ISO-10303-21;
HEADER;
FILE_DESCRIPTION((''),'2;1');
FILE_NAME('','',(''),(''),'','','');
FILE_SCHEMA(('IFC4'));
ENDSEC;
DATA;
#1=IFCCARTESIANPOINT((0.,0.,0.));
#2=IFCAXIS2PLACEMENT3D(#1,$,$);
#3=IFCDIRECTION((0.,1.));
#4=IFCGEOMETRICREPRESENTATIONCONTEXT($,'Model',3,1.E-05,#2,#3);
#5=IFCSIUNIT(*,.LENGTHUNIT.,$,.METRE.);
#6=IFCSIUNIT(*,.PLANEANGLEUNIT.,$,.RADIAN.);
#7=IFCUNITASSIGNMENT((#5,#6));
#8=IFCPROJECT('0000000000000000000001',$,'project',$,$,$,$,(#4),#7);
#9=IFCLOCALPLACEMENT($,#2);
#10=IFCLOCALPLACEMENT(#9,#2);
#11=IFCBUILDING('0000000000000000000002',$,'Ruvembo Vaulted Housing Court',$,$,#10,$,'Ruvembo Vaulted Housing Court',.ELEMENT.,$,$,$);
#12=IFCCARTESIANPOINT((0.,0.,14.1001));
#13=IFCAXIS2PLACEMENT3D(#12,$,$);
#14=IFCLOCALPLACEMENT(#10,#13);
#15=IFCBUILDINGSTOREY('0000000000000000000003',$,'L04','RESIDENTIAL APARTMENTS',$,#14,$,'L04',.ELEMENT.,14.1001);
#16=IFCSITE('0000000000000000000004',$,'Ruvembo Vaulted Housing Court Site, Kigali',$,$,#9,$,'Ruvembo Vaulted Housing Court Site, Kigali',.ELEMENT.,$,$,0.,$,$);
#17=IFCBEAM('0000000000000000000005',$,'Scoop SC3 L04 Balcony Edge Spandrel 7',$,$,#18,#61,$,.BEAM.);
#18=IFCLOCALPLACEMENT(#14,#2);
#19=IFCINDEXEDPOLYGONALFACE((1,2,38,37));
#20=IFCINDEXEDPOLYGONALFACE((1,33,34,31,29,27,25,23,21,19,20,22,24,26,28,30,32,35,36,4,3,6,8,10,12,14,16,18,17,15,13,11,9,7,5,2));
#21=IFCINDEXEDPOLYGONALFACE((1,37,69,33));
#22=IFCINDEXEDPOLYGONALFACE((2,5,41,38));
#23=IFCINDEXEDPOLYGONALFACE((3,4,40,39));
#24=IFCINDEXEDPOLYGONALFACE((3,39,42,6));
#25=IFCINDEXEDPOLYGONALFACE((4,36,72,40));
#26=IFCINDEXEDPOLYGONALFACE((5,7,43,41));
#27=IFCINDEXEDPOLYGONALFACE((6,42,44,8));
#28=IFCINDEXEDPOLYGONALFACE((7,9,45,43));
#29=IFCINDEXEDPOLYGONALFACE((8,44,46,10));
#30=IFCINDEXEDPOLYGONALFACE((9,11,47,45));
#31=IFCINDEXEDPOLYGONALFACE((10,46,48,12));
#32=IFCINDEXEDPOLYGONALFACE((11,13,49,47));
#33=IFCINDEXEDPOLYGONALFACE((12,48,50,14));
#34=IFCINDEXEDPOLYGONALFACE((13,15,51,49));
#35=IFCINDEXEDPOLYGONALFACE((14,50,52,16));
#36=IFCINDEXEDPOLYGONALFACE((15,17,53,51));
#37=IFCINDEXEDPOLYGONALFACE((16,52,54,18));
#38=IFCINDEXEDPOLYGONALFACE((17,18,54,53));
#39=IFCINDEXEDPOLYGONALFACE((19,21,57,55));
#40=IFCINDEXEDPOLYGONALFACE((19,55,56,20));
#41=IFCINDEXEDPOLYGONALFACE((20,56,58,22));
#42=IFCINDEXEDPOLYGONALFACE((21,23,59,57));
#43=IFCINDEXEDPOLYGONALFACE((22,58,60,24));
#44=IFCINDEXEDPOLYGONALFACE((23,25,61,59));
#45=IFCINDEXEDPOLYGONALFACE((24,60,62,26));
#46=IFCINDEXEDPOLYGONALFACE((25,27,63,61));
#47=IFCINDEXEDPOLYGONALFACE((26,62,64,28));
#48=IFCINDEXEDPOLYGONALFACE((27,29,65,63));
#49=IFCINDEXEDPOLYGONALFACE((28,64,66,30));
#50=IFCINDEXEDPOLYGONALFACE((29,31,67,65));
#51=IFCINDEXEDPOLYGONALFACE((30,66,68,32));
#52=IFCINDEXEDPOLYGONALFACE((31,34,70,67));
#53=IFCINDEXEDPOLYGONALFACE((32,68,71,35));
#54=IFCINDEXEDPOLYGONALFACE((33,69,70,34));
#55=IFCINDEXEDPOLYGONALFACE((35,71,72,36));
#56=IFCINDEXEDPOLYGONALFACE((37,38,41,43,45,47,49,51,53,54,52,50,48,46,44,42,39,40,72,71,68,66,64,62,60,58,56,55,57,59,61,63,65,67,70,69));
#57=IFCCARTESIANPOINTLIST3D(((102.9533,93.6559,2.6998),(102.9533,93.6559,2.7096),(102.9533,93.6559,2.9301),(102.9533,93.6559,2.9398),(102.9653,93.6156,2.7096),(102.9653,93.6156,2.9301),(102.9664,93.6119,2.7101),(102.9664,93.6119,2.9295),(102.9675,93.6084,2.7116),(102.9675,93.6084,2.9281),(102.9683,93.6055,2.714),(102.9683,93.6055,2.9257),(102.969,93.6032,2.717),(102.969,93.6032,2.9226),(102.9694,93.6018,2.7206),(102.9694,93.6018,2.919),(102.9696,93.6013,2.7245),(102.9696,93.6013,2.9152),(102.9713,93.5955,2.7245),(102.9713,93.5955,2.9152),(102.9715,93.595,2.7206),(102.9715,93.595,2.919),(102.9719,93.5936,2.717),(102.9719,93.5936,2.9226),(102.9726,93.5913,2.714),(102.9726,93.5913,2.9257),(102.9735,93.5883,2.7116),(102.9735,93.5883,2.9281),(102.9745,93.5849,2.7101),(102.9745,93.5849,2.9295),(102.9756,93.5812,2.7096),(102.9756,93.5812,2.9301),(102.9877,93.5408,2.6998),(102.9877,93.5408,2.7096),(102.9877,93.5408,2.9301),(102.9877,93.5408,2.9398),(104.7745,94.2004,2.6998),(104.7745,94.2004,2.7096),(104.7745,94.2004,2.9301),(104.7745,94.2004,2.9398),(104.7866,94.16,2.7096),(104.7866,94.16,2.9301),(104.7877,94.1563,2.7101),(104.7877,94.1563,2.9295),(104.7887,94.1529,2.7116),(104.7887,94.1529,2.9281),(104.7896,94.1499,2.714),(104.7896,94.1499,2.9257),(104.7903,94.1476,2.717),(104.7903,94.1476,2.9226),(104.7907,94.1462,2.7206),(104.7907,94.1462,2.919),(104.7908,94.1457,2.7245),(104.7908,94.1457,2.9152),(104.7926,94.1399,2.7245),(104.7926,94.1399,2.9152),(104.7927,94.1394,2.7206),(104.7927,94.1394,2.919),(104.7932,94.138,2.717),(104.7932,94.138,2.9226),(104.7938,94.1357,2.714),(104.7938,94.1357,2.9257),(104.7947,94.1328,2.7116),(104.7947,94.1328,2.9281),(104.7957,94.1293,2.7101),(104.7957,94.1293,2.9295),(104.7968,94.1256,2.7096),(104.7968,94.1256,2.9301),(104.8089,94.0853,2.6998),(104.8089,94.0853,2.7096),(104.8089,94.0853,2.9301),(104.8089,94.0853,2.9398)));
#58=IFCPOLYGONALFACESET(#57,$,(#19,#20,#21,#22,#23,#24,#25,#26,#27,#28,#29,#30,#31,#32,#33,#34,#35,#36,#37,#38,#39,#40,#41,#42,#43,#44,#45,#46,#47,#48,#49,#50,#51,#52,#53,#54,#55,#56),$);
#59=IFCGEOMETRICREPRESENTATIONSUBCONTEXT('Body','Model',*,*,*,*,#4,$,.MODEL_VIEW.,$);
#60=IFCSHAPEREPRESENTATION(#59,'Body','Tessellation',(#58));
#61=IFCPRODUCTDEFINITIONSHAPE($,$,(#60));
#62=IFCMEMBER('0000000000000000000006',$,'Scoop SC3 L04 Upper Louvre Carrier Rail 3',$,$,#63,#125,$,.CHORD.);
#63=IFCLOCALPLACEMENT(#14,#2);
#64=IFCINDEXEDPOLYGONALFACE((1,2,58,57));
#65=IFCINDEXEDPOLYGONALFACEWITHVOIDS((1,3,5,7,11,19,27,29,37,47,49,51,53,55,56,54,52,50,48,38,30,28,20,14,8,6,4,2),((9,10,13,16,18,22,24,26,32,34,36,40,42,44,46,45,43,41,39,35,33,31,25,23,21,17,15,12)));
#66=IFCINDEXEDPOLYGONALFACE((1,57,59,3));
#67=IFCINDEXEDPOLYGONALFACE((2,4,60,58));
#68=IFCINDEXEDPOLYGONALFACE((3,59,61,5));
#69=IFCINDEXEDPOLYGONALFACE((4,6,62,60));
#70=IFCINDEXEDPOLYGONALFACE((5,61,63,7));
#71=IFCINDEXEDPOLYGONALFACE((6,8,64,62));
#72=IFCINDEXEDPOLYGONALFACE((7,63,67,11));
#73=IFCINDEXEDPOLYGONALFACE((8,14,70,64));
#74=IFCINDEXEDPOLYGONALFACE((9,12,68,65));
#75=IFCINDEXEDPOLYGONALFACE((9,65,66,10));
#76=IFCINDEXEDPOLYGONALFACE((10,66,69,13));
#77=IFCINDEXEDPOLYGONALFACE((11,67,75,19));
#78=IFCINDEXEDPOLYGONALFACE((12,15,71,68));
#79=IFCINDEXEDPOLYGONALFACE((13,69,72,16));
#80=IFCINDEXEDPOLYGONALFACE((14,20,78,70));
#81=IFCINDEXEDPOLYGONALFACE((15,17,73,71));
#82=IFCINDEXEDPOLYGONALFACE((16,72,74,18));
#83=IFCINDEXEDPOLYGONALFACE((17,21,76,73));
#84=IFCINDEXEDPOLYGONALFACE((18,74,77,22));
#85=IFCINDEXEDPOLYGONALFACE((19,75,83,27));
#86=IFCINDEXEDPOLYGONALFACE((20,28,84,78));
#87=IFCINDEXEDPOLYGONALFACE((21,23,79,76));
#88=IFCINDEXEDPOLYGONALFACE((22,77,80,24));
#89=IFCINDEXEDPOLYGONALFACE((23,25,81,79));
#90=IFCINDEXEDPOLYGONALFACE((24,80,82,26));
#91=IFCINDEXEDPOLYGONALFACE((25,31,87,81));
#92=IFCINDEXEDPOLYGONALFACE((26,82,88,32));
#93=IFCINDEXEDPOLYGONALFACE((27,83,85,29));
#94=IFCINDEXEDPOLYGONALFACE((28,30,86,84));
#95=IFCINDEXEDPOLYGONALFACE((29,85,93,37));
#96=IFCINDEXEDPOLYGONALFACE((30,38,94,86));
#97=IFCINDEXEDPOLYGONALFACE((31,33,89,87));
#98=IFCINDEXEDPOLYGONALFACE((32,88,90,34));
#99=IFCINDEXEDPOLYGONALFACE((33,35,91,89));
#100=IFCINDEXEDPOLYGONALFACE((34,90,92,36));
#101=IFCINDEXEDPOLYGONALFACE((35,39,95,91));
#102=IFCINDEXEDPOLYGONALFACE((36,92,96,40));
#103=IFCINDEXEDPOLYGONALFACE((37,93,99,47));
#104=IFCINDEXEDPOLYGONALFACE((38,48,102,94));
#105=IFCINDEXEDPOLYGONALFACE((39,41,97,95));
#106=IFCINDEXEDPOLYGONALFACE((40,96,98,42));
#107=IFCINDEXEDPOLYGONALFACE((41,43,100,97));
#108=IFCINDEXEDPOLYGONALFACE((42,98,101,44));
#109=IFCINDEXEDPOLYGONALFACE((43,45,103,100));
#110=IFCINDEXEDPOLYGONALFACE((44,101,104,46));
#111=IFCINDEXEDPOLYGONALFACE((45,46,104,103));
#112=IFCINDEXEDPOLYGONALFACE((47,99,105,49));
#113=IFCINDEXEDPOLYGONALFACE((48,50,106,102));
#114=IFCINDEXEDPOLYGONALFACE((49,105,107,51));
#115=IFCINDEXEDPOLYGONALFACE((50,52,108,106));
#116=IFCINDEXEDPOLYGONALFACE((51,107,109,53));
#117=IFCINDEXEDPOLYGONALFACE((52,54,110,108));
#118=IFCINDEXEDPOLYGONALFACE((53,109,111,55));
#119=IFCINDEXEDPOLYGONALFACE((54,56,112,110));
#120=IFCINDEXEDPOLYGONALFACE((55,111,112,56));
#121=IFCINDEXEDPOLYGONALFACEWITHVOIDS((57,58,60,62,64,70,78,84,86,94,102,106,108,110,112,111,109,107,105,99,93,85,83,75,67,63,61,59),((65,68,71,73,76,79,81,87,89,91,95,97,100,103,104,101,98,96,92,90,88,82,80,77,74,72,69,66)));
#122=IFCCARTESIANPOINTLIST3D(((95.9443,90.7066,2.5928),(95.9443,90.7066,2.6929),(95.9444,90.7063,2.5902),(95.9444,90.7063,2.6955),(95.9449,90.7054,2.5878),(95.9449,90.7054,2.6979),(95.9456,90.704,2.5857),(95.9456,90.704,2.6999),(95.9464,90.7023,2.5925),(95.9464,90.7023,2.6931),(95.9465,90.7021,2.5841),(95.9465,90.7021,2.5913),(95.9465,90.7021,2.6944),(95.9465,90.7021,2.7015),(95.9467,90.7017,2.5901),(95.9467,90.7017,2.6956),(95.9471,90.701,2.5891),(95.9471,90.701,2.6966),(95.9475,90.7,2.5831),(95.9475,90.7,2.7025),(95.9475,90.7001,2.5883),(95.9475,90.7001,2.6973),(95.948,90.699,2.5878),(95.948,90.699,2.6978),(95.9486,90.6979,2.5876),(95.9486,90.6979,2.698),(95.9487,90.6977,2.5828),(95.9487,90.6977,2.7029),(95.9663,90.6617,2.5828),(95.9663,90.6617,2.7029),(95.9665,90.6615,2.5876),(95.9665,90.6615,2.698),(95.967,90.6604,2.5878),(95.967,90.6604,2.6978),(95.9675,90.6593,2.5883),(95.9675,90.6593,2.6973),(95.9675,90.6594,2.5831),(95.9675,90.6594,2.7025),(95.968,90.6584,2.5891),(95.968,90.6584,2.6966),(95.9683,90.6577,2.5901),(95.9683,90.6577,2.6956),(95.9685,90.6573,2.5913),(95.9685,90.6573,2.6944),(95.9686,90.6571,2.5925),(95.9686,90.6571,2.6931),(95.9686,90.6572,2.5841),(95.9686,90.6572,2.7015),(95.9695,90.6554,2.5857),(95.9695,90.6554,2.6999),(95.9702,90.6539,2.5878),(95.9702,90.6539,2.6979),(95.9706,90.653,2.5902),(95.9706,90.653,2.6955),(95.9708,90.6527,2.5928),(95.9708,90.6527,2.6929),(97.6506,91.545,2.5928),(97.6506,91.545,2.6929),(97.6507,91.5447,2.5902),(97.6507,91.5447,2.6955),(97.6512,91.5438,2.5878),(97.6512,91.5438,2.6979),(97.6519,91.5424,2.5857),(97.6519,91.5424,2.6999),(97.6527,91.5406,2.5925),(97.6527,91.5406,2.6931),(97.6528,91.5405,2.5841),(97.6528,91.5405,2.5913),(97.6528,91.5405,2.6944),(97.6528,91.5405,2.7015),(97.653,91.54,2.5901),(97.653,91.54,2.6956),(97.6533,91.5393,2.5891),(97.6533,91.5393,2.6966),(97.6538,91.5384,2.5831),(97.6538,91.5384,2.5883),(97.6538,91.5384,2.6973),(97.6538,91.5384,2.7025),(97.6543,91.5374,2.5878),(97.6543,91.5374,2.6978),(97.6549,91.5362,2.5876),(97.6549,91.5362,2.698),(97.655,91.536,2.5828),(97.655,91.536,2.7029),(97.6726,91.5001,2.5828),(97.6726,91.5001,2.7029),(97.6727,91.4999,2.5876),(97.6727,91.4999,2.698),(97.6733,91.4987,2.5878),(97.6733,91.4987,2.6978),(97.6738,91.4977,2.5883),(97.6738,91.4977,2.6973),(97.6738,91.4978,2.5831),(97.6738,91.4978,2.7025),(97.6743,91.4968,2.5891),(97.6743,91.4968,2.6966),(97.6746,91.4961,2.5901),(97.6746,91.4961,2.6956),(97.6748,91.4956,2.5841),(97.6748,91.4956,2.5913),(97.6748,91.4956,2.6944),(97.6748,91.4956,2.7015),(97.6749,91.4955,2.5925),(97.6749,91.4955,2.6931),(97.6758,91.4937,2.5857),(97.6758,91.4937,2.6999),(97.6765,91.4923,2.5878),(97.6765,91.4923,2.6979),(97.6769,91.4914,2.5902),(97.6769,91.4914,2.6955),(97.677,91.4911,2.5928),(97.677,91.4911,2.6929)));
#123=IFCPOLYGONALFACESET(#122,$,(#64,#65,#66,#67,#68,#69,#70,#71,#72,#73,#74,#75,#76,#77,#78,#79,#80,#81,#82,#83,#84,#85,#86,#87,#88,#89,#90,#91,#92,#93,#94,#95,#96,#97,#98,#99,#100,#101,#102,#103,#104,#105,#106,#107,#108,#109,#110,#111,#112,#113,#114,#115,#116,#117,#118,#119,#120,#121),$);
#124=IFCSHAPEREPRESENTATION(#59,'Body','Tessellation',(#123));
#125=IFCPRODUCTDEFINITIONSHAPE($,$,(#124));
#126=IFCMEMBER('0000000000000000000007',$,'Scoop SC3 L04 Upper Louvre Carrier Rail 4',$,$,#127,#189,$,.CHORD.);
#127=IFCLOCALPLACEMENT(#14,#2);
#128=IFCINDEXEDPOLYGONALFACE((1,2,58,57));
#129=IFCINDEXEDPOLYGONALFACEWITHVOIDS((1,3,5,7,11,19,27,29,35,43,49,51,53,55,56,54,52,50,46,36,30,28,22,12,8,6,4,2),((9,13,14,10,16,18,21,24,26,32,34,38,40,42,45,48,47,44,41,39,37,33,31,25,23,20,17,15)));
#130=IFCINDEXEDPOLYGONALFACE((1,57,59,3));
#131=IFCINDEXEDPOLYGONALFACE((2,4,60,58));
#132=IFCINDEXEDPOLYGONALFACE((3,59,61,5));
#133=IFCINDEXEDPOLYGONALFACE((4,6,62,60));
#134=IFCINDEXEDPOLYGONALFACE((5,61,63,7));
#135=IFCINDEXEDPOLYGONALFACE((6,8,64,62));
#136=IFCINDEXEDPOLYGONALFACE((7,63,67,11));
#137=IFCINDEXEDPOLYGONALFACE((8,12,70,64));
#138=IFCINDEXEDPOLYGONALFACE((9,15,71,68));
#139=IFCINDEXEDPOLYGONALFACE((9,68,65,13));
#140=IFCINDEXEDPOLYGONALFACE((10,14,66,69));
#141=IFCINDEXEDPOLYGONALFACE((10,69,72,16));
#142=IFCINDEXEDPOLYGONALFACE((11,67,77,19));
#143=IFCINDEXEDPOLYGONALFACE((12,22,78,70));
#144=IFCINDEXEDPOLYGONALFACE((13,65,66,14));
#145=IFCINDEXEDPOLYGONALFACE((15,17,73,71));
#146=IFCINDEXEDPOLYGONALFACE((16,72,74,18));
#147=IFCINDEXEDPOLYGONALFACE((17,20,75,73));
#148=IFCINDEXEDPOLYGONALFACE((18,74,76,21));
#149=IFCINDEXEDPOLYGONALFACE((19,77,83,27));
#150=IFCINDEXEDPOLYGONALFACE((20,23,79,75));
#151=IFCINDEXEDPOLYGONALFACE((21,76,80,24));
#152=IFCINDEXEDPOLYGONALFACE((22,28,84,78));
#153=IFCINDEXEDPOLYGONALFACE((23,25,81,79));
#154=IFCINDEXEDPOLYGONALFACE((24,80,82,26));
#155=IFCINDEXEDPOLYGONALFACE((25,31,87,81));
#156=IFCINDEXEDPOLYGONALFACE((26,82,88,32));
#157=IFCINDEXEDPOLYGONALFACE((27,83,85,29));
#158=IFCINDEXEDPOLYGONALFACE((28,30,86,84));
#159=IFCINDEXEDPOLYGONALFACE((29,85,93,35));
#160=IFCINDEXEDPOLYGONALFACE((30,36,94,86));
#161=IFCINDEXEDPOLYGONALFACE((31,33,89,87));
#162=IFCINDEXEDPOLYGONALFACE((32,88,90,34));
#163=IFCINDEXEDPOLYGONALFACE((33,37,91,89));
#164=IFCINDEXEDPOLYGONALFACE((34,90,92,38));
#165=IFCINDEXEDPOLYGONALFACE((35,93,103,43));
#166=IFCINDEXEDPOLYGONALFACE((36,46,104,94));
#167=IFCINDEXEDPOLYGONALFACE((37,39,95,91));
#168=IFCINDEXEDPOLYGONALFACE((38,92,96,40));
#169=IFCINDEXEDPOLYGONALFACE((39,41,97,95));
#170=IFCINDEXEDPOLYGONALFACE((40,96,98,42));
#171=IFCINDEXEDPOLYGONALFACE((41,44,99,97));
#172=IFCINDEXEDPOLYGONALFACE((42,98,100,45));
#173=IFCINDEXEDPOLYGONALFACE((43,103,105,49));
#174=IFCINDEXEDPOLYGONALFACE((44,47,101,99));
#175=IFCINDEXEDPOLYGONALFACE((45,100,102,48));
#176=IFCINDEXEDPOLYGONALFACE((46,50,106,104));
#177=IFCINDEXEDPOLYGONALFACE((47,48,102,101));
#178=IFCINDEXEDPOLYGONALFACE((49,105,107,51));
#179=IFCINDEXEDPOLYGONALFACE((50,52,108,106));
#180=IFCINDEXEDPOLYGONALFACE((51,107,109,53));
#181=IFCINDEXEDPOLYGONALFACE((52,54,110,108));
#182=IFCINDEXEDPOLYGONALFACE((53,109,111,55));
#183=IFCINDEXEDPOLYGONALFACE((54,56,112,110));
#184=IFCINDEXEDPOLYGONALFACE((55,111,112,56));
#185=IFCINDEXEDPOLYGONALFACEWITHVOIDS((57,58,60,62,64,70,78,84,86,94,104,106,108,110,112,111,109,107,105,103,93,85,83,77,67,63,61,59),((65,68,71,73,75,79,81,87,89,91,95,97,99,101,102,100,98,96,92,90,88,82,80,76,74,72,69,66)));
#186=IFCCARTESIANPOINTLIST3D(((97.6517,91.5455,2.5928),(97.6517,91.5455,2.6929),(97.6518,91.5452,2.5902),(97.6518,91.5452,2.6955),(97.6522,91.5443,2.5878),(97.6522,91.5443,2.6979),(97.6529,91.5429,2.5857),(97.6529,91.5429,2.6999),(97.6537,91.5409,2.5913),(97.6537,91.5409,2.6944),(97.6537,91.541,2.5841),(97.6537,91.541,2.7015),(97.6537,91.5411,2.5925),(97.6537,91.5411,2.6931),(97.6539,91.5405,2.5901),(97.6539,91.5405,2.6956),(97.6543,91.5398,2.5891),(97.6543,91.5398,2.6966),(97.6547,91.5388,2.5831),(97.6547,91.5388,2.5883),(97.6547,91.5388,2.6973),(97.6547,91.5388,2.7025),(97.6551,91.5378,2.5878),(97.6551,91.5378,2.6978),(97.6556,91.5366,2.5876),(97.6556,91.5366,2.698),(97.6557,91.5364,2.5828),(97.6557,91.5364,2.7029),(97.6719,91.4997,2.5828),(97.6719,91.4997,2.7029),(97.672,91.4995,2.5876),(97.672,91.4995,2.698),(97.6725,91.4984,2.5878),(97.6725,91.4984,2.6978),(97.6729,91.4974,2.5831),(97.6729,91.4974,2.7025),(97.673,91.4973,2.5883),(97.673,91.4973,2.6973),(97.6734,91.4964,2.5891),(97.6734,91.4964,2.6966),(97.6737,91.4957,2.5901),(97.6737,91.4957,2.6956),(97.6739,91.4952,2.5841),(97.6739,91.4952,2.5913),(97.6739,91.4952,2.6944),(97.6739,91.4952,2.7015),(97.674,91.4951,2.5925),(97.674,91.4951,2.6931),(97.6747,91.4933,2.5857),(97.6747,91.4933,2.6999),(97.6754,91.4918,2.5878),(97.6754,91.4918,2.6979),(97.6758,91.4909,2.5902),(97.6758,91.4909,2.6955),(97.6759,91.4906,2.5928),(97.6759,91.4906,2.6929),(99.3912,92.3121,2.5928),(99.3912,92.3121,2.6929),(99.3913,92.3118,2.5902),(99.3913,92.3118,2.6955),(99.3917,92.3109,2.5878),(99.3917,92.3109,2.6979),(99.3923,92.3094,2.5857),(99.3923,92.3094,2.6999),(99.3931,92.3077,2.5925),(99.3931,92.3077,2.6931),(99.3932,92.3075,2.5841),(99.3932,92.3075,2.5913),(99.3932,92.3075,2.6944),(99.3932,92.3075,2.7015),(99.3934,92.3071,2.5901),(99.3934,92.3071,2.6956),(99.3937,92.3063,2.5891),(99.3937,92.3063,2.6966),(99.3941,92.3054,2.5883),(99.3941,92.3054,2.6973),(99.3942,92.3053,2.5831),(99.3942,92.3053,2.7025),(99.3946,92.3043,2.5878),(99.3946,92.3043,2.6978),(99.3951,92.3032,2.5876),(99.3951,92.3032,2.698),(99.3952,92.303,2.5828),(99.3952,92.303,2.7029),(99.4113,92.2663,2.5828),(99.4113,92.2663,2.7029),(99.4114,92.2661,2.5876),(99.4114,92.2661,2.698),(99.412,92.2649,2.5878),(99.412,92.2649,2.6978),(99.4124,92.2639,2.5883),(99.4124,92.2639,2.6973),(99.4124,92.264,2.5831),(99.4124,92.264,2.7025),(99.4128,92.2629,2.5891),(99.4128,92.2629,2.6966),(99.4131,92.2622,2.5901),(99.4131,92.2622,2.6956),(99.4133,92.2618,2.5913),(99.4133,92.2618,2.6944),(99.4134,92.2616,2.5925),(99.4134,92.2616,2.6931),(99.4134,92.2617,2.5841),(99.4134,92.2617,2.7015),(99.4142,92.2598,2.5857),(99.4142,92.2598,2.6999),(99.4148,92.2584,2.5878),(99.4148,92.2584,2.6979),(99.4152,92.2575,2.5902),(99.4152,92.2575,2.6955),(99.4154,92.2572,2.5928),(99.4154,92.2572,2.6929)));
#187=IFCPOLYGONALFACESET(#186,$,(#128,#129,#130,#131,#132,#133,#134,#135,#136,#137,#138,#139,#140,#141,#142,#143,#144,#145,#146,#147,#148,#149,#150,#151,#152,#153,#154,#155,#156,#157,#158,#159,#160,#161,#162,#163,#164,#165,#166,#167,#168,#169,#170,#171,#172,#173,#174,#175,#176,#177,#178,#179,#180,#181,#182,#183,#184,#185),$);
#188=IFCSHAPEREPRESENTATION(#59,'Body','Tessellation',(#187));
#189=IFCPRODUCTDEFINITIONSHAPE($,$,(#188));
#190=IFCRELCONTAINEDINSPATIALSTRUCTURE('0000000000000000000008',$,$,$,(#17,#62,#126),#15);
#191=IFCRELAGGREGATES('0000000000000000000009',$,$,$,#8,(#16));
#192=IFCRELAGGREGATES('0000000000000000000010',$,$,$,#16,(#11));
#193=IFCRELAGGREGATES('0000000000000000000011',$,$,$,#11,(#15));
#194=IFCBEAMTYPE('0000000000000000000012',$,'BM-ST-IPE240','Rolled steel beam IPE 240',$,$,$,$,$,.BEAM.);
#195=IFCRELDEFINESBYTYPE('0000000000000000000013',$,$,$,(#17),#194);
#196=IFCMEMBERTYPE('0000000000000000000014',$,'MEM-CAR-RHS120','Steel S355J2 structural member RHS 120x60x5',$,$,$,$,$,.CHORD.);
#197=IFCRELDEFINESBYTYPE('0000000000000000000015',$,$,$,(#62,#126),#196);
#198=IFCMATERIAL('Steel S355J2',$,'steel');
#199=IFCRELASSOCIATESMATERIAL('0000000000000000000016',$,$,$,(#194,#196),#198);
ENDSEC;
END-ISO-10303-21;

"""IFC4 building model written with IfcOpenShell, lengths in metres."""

from ifc_helpers import new_model, si_unit, direction, frame, origin, origin_2d, place, context, subcontext, project, spatial, hollow_rectangle, i_section, extrude, material, material_profile, profile_set, type_object, element, save


model = new_model("IFC4")

# Units and contexts
model_context = context("Model", 3, precision=1e-05, world=origin(), true_north=direction((0.0, 1.0)))
body_context = subcontext(model_context, "Body", "Model", "MODEL_VIEW")
ifc_project = project(units=[si_unit("LENGTHUNIT", "METRE"), si_unit("PLANEANGLEUNIT", "RADIAN")], contexts=[model_context])

# Site, building, storey
site_placement = place(None, origin())
site = spatial("IfcSite", under=ifc_project, at=site_placement, Name="Ruvembo Vaulted Housing Court Site, Kigali", LongName="Ruvembo Vaulted Housing Court Site, Kigali", CompositionType="ELEMENT", RefElevation=0.0)
building_placement = place(site_placement, origin())
building = spatial("IfcBuilding", under=site, at=building_placement, Name="Ruvembo Vaulted Housing Court", LongName="Ruvembo Vaulted Housing Court", CompositionType="ELEMENT")
storey_placement = place(building_placement, frame((0.0, 0.0, 14.1001)))
storey = spatial("IfcBuildingStorey", under=building, at=storey_placement, Name="L04", Description="RESIDENTIAL APARTMENTS", LongName="L04", CompositionType="ELEMENT", Elevation=14.1001)

# Beam
ifc_material_1 = material(Name="Steel S355J2", Category="steel")
ifc_material_profile_1 = material_profile(ifc_material_1, i_section(OverallWidth=0.1201, OverallDepth=0.24, WebThickness=0.0061, FlangeThickness=0.0098, FilletRadius=0.0149, at=origin_2d()), Name="IPE 240")
ifc_profile_set_1 = profile_set([ifc_material_profile_1], Name="Steel S355J2")
beam_type = type_object("IfcBeamType", Name="BM-ST-IPE240", Description="Rolled steel beam IPE 240", PredefinedType="BEAM", material=ifc_profile_set_1)
beam_1_placement = place(storey_placement, frame((102.9705, 93.5984, 2.8198), z_axis=(0.958109, 0.286405, 0.0), x_axis=(-0.286405, 0.958109, 0.0)))
element("IfcBeam", 1, at=beam_1_placement, inside=storey, type_object=beam_type, Name="Scoop SC3 L04 Balcony Edge Spandrel 7", PredefinedType="BEAM", context=body_context, shape_type="SweptSolid", body=[
    extrude(i_section(OverallWidth=0.1201, OverallDepth=0.24, WebThickness=0.0061, FlangeThickness=0.0098, FilletRadius=0.0149, at=origin_2d()), origin(), (0.0, 0.0, 1.0), 1.9009),
])

# Members
ifc_material_profile_2 = material_profile(ifc_material_1, hollow_rectangle(XDim=0.0601, YDim=0.1201, WallThickness=0.0049, InnerFilletRadius=0.0049, OuterFilletRadius=0.01, at=origin_2d()), Name="RHS 120x60x5")
ifc_profile_set_2 = profile_set([ifc_material_profile_2], Name="Steel S355J2")
member_type_1 = type_object("IfcMemberType", Name="MEM-CAR-RHS120", Description="Steel S355J2 structural member RHS 120x60x5", PredefinedType="CHORD", material=ifc_profile_set_2)
member_1_placement = place(storey_placement, frame((95.9575, 90.6797, 2.6428), z_axis=(0.897513, 0.440987, 0.0), x_axis=(-0.440987, 0.897513, 0.0)))
element("IfcMember", 2, at=member_1_placement, inside=storey, type_object=member_type_1, Name="Scoop SC3 L04 Upper Louvre Carrier Rail 3", PredefinedType="CHORD", context=body_context, shape_type="SweptSolid", body=[
    extrude(hollow_rectangle(XDim=0.0601, YDim=0.1201, WallThickness=0.0049, InnerFilletRadius=0.0049, OuterFilletRadius=0.01, at=origin_2d()), origin(), (0.0, 0.0, 1.0), 1.9011),
])
for number, where, z_axis, x_axis, name in (
    (3, (97.6638, 91.5181, 2.6428), (0.915078, 0.403277, 0.0), (-0.403277, 0.915078, 0.0), "Scoop SC3 L04 Upper Louvre Carrier Rail 4"),
):
    element("IfcMember", number, at=place(storey_placement, frame(where, z_axis=z_axis, x_axis=x_axis)), inside=storey, type_object=member_type_1, Name=name, PredefinedType="CHORD", context=body_context, shape_type="SweptSolid", body=[
        extrude(hollow_rectangle(XDim=0.0601, YDim=0.1201, WallThickness=0.0049, InnerFilletRadius=0.0049, OuterFilletRadius=0.01, at=origin_2d()), origin(), (0.0, 0.0, 1.0), 1.9009),
    ])

save(model, "model.ifc")
